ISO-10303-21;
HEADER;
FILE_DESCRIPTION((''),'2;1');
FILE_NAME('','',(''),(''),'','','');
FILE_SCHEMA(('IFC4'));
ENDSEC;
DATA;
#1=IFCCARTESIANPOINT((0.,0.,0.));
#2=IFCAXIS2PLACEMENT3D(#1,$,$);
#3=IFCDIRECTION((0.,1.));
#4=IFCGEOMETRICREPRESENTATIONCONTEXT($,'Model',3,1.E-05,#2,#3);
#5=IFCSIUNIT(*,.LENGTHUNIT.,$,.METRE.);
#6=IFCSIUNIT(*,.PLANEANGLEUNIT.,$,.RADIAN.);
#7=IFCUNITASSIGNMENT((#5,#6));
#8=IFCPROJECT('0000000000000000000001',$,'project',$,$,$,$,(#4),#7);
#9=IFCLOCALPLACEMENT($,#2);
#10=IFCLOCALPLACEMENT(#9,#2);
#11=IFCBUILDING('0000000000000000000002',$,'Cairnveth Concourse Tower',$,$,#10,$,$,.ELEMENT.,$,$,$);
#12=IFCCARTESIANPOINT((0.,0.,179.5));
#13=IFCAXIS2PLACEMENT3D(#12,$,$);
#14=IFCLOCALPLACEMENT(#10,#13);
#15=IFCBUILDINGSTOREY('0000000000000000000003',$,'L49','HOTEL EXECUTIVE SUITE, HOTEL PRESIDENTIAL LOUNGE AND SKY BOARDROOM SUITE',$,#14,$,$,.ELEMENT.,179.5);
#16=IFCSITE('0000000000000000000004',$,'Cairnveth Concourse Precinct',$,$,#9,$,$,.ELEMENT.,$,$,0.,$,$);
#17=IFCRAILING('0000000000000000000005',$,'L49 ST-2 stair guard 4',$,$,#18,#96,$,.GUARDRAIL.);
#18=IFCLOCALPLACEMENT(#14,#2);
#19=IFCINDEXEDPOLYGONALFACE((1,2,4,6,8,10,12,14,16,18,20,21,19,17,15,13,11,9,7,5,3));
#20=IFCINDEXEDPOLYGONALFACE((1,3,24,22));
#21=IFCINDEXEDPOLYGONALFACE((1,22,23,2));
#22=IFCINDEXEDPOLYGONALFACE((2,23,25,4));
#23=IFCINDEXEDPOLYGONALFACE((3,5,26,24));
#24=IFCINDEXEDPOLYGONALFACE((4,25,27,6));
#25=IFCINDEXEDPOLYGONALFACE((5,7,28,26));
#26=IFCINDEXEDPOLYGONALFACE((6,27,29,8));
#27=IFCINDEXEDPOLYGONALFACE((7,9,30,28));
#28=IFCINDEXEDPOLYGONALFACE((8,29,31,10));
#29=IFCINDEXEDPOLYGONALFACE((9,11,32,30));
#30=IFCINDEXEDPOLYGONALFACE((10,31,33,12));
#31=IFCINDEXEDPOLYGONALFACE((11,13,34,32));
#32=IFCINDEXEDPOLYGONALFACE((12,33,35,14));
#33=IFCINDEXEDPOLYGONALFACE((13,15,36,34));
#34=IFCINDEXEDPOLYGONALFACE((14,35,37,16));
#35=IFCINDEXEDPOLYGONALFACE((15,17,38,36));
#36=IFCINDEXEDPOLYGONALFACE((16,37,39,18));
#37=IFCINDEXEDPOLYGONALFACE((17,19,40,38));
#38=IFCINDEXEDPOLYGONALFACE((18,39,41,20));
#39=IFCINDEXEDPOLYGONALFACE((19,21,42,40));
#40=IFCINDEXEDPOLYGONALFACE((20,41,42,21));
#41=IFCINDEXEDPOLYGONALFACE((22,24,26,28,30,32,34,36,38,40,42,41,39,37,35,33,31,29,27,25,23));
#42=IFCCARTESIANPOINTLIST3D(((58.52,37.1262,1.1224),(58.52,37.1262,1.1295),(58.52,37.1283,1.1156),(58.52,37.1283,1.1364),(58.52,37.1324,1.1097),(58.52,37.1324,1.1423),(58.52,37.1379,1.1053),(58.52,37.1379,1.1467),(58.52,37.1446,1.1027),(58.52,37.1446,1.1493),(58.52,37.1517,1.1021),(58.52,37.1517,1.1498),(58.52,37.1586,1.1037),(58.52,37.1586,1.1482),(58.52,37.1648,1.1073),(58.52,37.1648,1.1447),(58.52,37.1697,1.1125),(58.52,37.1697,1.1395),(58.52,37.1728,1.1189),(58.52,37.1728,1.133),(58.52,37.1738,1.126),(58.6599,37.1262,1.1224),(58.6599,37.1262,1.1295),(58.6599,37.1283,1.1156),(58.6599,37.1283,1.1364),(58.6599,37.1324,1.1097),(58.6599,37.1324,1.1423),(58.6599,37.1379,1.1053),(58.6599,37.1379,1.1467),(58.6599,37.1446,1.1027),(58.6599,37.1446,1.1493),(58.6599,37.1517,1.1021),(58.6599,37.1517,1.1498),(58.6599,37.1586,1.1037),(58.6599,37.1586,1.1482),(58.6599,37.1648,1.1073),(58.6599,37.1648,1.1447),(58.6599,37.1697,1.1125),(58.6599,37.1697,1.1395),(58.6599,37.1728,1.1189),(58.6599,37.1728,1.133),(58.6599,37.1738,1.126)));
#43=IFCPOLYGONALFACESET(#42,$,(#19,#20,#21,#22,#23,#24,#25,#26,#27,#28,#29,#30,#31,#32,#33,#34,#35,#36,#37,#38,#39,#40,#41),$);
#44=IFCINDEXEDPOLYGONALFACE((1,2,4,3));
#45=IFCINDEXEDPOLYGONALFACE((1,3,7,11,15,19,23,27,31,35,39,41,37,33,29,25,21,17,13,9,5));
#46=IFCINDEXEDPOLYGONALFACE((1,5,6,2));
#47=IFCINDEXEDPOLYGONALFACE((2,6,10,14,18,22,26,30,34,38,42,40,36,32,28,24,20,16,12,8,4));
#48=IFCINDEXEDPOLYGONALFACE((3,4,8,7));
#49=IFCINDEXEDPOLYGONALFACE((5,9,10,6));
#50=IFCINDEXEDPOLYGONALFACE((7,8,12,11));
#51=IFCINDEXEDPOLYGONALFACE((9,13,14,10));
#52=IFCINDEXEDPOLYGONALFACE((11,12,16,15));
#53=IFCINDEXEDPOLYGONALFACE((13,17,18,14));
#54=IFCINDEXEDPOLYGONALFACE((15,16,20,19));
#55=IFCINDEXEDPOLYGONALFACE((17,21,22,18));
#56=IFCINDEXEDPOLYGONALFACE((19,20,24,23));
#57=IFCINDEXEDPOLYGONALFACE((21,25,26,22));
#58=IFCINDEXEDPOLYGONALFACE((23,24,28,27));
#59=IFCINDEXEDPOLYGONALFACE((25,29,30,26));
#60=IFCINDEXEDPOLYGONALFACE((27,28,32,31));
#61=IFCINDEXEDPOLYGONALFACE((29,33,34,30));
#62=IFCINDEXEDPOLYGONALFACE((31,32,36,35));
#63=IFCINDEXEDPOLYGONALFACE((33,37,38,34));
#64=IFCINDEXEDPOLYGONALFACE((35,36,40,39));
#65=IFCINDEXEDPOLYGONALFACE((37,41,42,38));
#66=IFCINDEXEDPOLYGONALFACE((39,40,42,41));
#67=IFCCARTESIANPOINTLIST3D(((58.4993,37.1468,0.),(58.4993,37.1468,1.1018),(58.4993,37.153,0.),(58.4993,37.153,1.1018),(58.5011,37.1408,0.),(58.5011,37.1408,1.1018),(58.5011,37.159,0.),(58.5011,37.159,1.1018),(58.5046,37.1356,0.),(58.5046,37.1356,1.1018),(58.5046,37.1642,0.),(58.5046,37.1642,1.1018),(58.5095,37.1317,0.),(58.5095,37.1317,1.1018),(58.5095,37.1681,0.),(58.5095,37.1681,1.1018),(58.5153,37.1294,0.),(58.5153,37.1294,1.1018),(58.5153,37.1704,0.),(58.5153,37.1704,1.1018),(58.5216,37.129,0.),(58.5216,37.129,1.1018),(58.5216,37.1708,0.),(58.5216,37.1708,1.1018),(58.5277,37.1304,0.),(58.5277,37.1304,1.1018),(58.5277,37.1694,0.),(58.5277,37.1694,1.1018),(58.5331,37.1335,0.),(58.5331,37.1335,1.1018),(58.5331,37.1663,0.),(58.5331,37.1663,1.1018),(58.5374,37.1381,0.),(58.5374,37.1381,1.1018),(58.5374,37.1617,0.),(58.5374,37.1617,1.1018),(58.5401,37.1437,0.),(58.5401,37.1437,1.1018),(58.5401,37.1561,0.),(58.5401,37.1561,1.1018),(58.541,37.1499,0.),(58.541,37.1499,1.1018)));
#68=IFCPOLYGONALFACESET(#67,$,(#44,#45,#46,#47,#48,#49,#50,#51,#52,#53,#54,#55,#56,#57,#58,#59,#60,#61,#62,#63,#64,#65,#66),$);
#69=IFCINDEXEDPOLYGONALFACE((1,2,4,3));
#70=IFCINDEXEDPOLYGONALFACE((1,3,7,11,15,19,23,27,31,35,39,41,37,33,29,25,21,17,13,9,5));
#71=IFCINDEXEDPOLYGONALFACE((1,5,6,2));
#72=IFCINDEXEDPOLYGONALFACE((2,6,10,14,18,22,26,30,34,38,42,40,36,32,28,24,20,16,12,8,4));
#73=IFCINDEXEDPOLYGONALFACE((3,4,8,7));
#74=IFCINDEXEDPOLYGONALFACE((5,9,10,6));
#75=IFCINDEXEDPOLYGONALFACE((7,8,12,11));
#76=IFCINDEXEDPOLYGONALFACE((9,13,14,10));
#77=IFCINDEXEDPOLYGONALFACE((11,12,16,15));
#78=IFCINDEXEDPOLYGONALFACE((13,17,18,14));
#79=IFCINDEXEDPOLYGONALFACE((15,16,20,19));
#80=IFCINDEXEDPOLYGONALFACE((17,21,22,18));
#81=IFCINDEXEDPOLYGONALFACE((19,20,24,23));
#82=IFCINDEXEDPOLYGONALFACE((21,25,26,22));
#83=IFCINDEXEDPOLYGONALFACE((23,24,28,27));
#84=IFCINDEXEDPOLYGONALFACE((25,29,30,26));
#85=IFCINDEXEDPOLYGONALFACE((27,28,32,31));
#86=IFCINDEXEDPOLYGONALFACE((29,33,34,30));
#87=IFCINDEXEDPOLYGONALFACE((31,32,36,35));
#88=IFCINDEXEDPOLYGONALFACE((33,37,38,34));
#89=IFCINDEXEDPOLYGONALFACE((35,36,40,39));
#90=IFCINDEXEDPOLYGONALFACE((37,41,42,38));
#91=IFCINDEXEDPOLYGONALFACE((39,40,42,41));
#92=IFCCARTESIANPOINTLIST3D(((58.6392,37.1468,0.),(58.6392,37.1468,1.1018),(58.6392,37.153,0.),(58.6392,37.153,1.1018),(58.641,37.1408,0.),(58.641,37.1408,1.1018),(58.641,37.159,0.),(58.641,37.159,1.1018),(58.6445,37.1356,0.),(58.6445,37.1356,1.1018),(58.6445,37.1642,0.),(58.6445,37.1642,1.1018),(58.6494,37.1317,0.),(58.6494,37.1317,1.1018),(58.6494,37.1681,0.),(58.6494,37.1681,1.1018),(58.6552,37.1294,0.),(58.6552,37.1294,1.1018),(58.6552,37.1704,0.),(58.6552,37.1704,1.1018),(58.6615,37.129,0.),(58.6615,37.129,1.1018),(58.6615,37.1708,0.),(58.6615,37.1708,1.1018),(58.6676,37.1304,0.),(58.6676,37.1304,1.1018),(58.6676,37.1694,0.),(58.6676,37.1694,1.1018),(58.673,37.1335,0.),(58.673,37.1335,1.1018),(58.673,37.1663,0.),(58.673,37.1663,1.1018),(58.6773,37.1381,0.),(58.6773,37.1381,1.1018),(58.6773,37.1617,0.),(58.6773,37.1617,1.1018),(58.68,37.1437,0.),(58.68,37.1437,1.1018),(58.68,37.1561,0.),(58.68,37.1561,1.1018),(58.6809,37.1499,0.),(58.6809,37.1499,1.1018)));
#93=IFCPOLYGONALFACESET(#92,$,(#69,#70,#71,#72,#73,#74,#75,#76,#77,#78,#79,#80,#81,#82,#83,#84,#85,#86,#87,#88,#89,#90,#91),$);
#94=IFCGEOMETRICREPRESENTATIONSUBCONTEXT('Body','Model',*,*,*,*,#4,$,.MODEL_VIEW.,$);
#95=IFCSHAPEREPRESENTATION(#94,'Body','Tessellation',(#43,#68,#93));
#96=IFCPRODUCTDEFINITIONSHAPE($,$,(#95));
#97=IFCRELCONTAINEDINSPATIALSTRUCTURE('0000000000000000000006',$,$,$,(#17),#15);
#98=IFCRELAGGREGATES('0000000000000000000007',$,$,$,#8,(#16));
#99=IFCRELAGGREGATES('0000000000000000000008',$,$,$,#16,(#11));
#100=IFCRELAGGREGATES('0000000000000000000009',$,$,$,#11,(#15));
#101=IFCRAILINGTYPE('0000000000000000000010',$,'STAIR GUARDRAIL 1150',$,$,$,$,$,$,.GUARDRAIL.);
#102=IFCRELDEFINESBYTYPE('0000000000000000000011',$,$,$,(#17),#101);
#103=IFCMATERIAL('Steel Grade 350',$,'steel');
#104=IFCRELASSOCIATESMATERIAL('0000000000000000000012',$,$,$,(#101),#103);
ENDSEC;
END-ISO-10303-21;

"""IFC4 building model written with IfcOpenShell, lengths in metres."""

from ifc_helpers import new_model, si_unit, direction, frame, origin, origin_2d, place, context, subcontext, project, spatial, circle, extrude, material, type_object, element, save


model = new_model("IFC4")

# Units and contexts
model_context = context("Model", 3, precision=1e-05, world=origin(), true_north=direction((0.0, 1.0)))
body_context = subcontext(model_context, "Body", "Model", "MODEL_VIEW")
ifc_project = project(units=[si_unit("LENGTHUNIT", "METRE"), si_unit("PLANEANGLEUNIT", "RADIAN")], contexts=[model_context])

# Site, building, storey
site_placement = place(None, origin())
site = spatial("IfcSite", under=ifc_project, at=site_placement, Name="Cairnveth Concourse Precinct", CompositionType="ELEMENT", RefElevation=0.0)
building_placement = place(site_placement, origin())
building = spatial("IfcBuilding", under=site, at=building_placement, Name="Cairnveth Concourse Tower", CompositionType="ELEMENT")
storey_placement = place(building_placement, frame((0.0, 0.0, 179.5)))
storey = spatial("IfcBuildingStorey", under=building, at=storey_placement, Name="L49", Description="HOTEL EXECUTIVE SUITE, HOTEL PRESIDENTIAL LOUNGE AND SKY BOARDROOM SUITE", CompositionType="ELEMENT", Elevation=179.5)

# Shared definitions
ifc_material_1 = material(Name="Steel Grade 350", Category="steel")

# Railing
railing_type_1 = type_object("IfcRailingType", Name="STAIR GUARDRAIL 1150", PredefinedType="GUARDRAIL", material=ifc_material_1)
railing_1_placement = place(storey_placement, frame((58.52, 37.1499, 0.0)))
element("IfcRailing", 1, at=railing_1_placement, inside=storey, type_object=railing_type_1, Name="L49 ST-2 stair guard 4", PredefinedType="GUARDRAIL", context=body_context, shape_type="SweptSolid", body=[
    extrude(circle(Radius=0.0239, at=origin_2d()), frame((0.0, 0.0, 1.126), z_axis=(1.0, 0.0, 0.0), x_axis=(0.0, 1.0, 0.0)), (0.0, 0.0, 1.0), 0.1399),
    extrude(circle(Radius=0.021, at=origin_2d()), origin(), (0.0, 0.0, 1.0), 1.1018),
    extrude(circle(Radius=0.021, at=origin_2d()), frame((0.1399, 0.0, 0.0)), (0.0, 0.0, 1.0), 1.1018),
])

save(model, "model.ifc")
